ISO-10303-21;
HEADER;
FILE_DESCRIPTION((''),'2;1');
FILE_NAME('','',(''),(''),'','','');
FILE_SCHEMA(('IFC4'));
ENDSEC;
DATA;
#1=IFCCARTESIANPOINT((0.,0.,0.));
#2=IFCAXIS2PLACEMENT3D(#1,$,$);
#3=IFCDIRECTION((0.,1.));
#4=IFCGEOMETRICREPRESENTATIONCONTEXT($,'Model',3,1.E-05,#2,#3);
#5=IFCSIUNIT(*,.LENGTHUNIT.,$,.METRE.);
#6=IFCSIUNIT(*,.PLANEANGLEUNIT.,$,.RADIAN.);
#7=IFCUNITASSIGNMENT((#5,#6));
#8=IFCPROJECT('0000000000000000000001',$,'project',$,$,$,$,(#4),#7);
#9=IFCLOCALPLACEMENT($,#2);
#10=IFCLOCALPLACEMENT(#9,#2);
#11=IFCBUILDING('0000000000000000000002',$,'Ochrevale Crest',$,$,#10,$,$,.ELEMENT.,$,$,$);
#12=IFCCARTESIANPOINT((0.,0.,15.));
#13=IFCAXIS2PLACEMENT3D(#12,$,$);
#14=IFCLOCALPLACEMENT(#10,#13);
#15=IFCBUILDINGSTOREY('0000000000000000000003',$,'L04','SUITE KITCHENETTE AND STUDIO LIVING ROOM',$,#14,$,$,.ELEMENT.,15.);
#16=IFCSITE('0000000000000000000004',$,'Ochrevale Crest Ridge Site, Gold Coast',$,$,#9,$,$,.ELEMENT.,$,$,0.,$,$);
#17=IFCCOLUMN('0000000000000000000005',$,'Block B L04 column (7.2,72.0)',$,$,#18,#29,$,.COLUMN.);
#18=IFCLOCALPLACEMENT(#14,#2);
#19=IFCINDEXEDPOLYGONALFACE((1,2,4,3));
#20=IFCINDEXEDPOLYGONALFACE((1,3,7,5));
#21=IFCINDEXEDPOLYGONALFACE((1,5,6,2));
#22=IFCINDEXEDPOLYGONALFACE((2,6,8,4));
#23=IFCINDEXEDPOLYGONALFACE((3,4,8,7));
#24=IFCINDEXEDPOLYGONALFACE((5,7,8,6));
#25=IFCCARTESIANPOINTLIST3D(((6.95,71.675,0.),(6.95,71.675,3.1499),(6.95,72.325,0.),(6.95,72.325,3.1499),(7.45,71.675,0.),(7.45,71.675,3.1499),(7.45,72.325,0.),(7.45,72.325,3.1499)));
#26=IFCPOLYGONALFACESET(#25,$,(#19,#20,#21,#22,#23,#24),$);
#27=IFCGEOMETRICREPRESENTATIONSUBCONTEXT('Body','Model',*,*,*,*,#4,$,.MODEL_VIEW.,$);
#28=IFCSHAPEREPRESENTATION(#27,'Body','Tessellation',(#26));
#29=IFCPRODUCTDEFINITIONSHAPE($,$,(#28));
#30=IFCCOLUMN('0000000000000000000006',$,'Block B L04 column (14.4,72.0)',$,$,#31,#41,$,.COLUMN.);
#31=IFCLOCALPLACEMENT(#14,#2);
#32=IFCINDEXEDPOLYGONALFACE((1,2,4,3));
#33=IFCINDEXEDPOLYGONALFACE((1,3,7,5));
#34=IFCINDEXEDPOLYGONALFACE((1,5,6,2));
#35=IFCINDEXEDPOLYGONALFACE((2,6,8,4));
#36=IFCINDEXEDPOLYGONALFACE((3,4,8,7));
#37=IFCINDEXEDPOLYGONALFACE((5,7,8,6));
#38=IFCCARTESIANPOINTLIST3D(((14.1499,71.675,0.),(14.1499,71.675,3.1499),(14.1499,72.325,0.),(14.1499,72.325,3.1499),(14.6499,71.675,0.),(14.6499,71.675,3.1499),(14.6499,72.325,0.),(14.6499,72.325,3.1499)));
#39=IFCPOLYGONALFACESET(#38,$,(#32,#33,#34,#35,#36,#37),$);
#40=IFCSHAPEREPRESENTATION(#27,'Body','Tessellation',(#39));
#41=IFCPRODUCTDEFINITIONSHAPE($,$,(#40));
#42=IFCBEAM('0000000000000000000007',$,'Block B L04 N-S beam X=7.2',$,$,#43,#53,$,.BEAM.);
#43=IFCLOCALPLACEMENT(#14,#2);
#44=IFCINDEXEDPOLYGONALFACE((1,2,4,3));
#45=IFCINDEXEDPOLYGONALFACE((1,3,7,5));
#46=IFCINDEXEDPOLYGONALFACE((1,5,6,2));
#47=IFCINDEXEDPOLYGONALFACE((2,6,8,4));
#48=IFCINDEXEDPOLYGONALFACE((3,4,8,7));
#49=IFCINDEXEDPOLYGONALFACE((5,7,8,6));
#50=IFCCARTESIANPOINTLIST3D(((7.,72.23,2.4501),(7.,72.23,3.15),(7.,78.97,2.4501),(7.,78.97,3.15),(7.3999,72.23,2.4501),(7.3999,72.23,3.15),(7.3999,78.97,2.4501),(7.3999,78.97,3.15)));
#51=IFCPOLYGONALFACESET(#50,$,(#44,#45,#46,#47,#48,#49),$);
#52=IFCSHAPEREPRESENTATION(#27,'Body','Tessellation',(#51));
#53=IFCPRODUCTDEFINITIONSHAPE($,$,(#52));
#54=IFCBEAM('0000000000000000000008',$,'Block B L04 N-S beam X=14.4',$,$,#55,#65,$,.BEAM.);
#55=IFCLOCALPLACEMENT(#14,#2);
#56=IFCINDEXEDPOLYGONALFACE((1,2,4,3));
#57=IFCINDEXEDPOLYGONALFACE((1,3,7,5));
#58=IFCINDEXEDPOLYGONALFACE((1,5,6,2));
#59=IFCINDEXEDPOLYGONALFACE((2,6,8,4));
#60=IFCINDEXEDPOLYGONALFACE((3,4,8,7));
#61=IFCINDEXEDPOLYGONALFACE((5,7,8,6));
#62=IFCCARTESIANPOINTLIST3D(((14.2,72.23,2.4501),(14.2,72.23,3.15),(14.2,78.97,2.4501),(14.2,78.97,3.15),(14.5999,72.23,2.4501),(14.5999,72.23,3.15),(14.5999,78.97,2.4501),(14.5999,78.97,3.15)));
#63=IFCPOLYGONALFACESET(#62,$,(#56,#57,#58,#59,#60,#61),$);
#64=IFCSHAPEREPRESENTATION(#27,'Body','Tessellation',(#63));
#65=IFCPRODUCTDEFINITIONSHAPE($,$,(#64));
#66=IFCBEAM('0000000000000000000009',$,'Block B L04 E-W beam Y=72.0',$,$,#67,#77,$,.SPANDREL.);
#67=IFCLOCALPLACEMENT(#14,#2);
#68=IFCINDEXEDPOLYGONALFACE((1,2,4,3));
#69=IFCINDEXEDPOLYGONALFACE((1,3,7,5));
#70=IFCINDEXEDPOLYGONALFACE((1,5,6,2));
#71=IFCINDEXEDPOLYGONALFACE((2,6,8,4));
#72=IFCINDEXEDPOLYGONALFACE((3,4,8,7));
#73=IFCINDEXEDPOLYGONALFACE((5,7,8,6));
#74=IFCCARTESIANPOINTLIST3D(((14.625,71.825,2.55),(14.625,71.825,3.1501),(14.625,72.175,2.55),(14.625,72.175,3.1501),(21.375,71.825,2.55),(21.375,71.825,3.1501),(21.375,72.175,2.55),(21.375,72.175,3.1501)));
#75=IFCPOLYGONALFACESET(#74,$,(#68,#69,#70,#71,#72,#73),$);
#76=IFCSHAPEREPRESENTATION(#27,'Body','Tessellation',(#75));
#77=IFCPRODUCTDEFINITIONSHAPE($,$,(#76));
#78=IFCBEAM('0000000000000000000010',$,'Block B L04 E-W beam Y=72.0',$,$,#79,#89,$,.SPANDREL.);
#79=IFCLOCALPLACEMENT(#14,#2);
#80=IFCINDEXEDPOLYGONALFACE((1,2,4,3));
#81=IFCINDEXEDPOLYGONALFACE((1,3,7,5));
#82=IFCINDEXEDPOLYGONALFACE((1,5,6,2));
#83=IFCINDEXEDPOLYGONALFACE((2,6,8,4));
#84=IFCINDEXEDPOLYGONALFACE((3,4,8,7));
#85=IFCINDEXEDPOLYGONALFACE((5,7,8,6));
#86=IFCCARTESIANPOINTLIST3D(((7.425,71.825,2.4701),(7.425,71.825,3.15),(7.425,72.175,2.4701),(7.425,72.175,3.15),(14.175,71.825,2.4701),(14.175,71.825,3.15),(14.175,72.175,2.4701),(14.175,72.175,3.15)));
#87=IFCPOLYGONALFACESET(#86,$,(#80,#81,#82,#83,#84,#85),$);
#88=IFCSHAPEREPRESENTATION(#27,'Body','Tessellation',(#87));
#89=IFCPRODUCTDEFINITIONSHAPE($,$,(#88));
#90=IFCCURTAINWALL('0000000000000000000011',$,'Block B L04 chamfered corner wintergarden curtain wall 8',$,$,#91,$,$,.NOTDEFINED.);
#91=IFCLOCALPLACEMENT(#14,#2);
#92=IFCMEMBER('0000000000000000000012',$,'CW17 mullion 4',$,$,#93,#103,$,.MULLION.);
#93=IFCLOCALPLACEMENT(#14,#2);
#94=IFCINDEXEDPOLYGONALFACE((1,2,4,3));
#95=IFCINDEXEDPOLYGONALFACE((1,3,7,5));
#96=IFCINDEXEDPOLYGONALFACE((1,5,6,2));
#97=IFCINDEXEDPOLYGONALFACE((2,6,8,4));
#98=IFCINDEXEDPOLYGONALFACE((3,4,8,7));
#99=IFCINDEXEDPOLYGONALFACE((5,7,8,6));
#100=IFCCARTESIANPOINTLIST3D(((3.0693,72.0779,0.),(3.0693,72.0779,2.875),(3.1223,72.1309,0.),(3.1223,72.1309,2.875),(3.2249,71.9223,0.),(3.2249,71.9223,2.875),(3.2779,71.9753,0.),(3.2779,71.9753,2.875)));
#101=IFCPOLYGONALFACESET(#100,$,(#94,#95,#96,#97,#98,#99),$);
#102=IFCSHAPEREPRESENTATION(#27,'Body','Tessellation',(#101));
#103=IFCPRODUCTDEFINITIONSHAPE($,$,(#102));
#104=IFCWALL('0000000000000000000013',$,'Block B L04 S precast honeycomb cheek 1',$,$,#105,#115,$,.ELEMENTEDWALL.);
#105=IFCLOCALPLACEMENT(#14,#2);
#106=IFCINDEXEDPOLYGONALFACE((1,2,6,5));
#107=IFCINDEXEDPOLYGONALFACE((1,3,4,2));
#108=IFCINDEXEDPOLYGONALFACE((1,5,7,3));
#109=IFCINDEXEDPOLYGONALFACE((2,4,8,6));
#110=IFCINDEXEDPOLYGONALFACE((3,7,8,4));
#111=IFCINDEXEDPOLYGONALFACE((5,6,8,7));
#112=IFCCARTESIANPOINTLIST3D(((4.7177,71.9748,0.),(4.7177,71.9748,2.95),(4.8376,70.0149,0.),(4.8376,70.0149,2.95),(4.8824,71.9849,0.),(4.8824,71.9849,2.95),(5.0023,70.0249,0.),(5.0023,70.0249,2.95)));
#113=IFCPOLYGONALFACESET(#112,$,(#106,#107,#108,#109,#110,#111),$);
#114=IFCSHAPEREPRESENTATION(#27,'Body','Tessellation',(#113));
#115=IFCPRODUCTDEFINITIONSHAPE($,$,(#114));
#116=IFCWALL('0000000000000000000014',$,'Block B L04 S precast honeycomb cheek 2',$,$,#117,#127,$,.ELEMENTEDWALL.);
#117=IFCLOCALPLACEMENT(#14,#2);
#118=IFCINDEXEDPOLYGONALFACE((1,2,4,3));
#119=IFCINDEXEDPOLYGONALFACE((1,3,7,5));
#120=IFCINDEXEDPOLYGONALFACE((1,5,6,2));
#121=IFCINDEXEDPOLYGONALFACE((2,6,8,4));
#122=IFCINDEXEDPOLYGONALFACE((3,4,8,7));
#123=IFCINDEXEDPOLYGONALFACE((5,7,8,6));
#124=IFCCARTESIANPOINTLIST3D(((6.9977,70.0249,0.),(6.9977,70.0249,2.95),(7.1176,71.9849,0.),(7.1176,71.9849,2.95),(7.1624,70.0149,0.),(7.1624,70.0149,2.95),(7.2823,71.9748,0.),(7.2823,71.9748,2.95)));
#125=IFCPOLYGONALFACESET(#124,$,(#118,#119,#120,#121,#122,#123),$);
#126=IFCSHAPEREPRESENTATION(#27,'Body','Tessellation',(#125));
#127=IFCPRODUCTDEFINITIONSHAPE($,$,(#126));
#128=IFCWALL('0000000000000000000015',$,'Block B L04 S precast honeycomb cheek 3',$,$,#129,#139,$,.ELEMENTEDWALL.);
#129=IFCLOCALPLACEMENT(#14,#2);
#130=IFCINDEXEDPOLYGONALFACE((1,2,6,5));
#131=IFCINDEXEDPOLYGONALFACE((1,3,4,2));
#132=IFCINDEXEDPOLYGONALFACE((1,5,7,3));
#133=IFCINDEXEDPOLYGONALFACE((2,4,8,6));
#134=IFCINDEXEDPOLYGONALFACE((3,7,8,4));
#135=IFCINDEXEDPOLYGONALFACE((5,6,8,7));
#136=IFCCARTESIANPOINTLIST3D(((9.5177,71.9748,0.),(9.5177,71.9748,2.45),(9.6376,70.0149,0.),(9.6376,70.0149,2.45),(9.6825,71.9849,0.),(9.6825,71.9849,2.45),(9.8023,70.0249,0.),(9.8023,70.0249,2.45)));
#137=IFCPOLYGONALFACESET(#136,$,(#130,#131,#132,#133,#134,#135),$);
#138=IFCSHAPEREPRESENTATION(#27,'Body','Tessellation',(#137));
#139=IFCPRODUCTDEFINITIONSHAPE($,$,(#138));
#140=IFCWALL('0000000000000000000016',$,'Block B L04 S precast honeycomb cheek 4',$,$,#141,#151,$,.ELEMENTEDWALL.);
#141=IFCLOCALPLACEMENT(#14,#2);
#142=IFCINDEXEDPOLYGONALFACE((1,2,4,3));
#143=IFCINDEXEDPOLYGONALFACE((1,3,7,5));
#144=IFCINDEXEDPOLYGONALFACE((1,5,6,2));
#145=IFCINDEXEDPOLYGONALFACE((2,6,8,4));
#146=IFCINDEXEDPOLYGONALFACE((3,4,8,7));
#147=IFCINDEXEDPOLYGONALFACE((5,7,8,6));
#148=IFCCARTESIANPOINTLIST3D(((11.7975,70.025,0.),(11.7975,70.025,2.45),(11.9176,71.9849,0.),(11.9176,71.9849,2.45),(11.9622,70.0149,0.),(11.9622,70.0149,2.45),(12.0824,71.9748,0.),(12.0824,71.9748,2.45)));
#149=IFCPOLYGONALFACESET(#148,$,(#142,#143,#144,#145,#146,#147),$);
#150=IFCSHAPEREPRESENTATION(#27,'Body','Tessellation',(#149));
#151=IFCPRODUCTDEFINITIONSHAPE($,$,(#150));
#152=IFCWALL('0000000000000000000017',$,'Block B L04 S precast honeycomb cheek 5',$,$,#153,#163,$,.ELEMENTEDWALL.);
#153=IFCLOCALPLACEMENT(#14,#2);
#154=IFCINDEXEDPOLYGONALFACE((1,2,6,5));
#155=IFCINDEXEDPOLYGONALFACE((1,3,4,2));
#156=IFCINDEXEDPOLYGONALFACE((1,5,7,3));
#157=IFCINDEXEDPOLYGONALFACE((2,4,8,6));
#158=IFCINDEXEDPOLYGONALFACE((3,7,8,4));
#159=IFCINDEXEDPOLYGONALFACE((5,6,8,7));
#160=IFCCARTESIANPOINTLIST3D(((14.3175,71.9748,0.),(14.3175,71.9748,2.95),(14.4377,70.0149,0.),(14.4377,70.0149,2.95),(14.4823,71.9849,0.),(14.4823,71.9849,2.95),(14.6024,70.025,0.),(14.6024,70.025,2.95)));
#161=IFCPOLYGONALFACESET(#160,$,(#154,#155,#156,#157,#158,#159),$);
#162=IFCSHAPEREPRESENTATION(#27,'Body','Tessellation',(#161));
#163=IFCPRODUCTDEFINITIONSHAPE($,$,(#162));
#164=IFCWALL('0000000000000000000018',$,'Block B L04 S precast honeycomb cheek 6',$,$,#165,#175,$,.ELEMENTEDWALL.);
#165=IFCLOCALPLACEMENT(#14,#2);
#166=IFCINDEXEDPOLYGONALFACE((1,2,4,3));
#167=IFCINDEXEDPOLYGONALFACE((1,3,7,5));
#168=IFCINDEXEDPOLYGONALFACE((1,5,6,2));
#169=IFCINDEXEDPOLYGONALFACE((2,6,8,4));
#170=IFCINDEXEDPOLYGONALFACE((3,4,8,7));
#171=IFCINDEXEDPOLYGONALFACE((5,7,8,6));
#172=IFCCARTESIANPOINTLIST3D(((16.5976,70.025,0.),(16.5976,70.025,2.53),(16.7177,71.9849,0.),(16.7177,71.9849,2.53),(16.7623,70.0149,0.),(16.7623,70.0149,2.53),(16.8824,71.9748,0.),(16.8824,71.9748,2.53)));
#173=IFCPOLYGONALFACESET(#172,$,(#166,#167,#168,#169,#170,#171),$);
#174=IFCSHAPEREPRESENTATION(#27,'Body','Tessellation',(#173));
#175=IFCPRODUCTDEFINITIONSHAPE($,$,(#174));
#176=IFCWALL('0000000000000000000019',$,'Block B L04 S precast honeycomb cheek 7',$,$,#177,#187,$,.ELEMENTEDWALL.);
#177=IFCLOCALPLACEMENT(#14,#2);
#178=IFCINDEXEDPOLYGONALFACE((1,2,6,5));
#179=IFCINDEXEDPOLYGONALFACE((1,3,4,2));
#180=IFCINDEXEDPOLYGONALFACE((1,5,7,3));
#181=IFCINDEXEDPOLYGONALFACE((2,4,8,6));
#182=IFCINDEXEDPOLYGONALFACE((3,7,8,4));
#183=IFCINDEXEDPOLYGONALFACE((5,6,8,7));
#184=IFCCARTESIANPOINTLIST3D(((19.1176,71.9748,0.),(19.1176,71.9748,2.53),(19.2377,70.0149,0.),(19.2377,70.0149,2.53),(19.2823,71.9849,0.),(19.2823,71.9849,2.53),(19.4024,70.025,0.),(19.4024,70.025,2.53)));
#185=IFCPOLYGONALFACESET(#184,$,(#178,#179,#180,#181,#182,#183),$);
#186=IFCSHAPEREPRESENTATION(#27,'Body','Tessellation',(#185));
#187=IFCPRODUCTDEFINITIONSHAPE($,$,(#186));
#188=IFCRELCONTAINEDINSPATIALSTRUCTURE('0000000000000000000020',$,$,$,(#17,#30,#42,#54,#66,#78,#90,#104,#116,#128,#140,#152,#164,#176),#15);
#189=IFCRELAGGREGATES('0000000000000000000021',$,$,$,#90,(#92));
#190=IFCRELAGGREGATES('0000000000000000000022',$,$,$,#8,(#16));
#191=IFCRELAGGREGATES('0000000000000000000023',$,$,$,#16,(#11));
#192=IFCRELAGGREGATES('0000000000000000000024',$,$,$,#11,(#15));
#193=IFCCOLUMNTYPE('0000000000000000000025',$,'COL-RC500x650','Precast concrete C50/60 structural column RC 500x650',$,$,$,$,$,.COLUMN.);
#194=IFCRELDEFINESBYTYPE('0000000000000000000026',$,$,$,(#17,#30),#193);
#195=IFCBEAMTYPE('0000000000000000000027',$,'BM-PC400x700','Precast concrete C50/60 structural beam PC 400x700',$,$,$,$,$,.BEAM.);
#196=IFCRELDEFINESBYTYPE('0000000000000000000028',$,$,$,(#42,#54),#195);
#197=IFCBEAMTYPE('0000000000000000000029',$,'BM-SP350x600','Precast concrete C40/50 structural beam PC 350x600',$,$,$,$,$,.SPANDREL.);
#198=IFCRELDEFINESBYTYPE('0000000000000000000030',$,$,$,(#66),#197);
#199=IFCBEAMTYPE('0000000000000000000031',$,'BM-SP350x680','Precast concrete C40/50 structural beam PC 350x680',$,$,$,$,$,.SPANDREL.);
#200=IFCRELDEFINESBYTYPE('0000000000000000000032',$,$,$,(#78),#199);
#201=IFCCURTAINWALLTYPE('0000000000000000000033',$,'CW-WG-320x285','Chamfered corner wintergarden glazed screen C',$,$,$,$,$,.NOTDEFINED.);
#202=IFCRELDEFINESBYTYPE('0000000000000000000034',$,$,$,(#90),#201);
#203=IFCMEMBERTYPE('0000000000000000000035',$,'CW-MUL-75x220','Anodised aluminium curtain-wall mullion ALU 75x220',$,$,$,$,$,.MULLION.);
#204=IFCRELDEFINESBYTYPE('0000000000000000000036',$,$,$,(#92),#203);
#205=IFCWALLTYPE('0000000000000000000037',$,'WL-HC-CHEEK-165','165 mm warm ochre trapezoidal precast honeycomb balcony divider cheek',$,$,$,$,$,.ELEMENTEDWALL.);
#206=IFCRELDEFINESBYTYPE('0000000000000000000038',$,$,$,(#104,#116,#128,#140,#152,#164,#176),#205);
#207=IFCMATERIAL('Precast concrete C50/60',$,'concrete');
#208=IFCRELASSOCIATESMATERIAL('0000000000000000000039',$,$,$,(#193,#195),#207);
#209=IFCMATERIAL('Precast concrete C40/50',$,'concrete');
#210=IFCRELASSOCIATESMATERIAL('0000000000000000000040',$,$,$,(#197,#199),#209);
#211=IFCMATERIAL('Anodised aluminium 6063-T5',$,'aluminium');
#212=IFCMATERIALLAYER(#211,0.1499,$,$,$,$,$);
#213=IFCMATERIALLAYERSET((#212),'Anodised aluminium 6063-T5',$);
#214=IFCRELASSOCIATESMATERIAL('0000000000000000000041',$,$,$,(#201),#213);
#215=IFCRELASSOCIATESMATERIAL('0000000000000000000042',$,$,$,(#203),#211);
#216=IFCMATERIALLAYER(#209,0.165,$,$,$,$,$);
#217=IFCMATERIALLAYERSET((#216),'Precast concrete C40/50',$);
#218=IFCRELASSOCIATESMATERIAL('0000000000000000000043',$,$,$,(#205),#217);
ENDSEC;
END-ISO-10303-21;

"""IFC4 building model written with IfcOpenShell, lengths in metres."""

from ifc_helpers import new_model, si_unit, direction, frame, frame_2d, origin, origin_2d, place, context, subcontext, project, spatial, rectangle, extrude, material, layer, layer_set, material_profile, profile_set, type_object, element, aggregate, save


model = new_model("IFC4")

# Units and contexts
model_context = context("Model", 3, precision=1e-05, world=origin(), true_north=direction((0.0, 1.0)))
body_context = subcontext(model_context, "Body", "Model", "MODEL_VIEW")
ifc_project = project(units=[si_unit("LENGTHUNIT", "METRE"), si_unit("PLANEANGLEUNIT", "RADIAN")], contexts=[model_context])

# Site, building, storey
site_placement = place(None, origin())
site = spatial("IfcSite", under=ifc_project, at=site_placement, Name="Ochrevale Crest Ridge Site, Gold Coast", CompositionType="ELEMENT", RefElevation=0.0)
building_placement = place(site_placement, origin())
building = spatial("IfcBuilding", under=site, at=building_placement, Name="Ochrevale Crest", CompositionType="ELEMENT")
storey_placement = place(building_placement, frame((0.0, 0.0, 15.0)))
storey = spatial("IfcBuildingStorey", under=building, at=storey_placement, Name="L04", Description="SUITE KITCHENETTE AND STUDIO LIVING ROOM", CompositionType="ELEMENT", Elevation=15.0)

# Columns
ifc_material_1 = material(Name="Precast concrete C50/60", Category="concrete")
ifc_material_profile_1 = material_profile(ifc_material_1, rectangle(XDim=0.5, YDim=0.6499, at=origin_2d()), Name="RC 500x650")
ifc_profile_set_1 = profile_set([ifc_material_profile_1], Name="Precast concrete C50/60")
column_type = type_object("IfcColumnType", Name="COL-RC500x650", Description="Precast concrete C50/60 structural column RC 500x650", PredefinedType="COLUMN", material=ifc_profile_set_1)
for number, where, z_axis, x_axis, name in (
    (1, (7.2, 72.0, 0.0), (0.0, 0.0, 1.0), (1.0, 0.0, 0.0), "Block B L04 column (7.2,72.0)"),
    (2, (14.3999, 72.0, 0.0), (0.0, 0.0, 1.0), (1.0, 0.0, 0.0), "Block B L04 column (14.4,72.0)"),
):
    element("IfcColumn", number, at=place(storey_placement, frame(where, z_axis=z_axis, x_axis=x_axis)), inside=storey, type_object=column_type, Name=name, PredefinedType="COLUMN", context=body_context, shape_type="SweptSolid", body=[
        extrude(rectangle(XDim=0.5, YDim=0.6499, at=origin_2d()), origin(), (0.0, 0.0, 1.0), 3.1499),
    ])

# Beams
ifc_material_profile_2 = material_profile(ifc_material_1, rectangle(XDim=0.3999, YDim=0.7, at=origin_2d()), Name="PC 400x700")
ifc_profile_set_2 = profile_set([ifc_material_profile_2], Name="Precast concrete C50/60")
beam_type_1 = type_object("IfcBeamType", Name="BM-PC400x700", Description="Precast concrete C50/60 structural beam PC 400x700", PredefinedType="BEAM", material=ifc_profile_set_2)
for number, where, z_axis, x_axis, name in (
    (3, (7.2, 72.23, 2.8), (0.0, 1.0, 0.0), (-1.0, 0.0, 0.0), "Block B L04 N-S beam X=7.2"),
    (4, (14.3999, 72.23, 2.8), (0.0, 1.0, 0.0), (-1.0, 0.0, 0.0), "Block B L04 N-S beam X=14.4"),
):
    element("IfcBeam", number, at=place(storey_placement, frame(where, z_axis=z_axis, x_axis=x_axis)), inside=storey, type_object=beam_type_1, Name=name, PredefinedType="BEAM", context=body_context, shape_type="SweptSolid", body=[
        extrude(rectangle(XDim=0.3999, YDim=0.7, at=origin_2d()), origin(), (0.0, 0.0, 1.0), 6.74),
    ])
ifc_material_2 = material(Name="Precast concrete C40/50", Category="concrete")
ifc_material_profile_3 = material_profile(ifc_material_2, rectangle(XDim=0.3501, YDim=0.6001, at=origin_2d()), Name="PC 350x600")
ifc_profile_set_3 = profile_set([ifc_material_profile_3], Name="Precast concrete C40/50")
beam_type_2 = type_object("IfcBeamType", Name="BM-SP350x600", Description="Precast concrete C40/50 structural beam PC 350x600", PredefinedType="SPANDREL", material=ifc_profile_set_3)
beam_1_placement = place(storey_placement, frame((14.625, 72.0, 2.8501), z_axis=(1.0, 0.0, 0.0), x_axis=(0.0, 1.0, 0.0)))
element("IfcBeam", 5, at=beam_1_placement, inside=storey, type_object=beam_type_2, Name="Block B L04 E-W beam Y=72.0", PredefinedType="SPANDREL", context=body_context, shape_type="SweptSolid", body=[
    extrude(rectangle(XDim=0.3501, YDim=0.6001, at=origin_2d()), origin(), (0.0, 0.0, 1.0), 6.75),
])
ifc_material_profile_4 = material_profile(ifc_material_2, rectangle(XDim=0.3501, YDim=0.6799, at=origin_2d()), Name="PC 350x680")
ifc_profile_set_4 = profile_set([ifc_material_profile_4], Name="Precast concrete C40/50")
beam_type_3 = type_object("IfcBeamType", Name="BM-SP350x680", Description="Precast concrete C40/50 structural beam PC 350x680", PredefinedType="SPANDREL", material=ifc_profile_set_4)
beam_2_placement = place(storey_placement, frame((7.425, 72.0, 2.8101), z_axis=(1.0, 0.0, 0.0), x_axis=(0.0, 1.0, 0.0)))
element("IfcBeam", 6, at=beam_2_placement, inside=storey, type_object=beam_type_3, Name="Block B L04 E-W beam Y=72.0", PredefinedType="SPANDREL", context=body_context, shape_type="SweptSolid", body=[
    extrude(rectangle(XDim=0.3501, YDim=0.6799, at=origin_2d()), origin(), (0.0, 0.0, 1.0), 6.75),
])

# Curtain wall, member
ifc_material_3 = material(Name="Anodised aluminium 6063-T5", Category="aluminium")
ifc_layer_1 = layer(ifc_material_3, 0.1499)
ifc_layer_set_1 = layer_set([ifc_layer_1], Name="Anodised aluminium 6063-T5")
curtain_wall_type = type_object("IfcCurtainWallType", Name="CW-WG-320x285", Description="Chamfered corner wintergarden glazed screen C", PredefinedType="NOTDEFINED", material=ifc_layer_set_1)
curtain_wall_placement = place(storey_placement, origin())
curtain_wall = element("IfcCurtainWall", 7, at=curtain_wall_placement, inside=storey, type_object=curtain_wall_type, Name="Block B L04 chamfered corner wintergarden curtain wall 8", PredefinedType="NOTDEFINED")
ifc_material_profile_5 = material_profile(ifc_material_3, rectangle(XDim=0.075, YDim=0.22, at=origin_2d()), Name="ALU 75x220")
ifc_profile_set_5 = profile_set([ifc_material_profile_5], Name="Anodised aluminium 6063-T5")
member_type = type_object("IfcMemberType", Name="CW-MUL-75x220", Description="Anodised aluminium curtain-wall mullion ALU 75x220", PredefinedType="MULLION", material=ifc_profile_set_5)
member_placement = place(storey_placement, frame((3.1736, 72.0266, 0.0), z_axis=(0.0, 0.0, 1.0), x_axis=(0.707107, 0.707107, 0.0)))
member = element("IfcMember", 8, at=member_placement, type_object=member_type, Name="CW17 mullion 4", PredefinedType="MULLION", context=body_context, shape_type="SweptSolid", body=[
    extrude(rectangle(XDim=0.075, YDim=0.22, at=origin_2d()), origin(), (0.0, 0.0, 1.0), 2.875),
])
aggregate(curtain_wall, [member])

# Walls
ifc_layer_2 = layer(ifc_material_2, 0.165)
ifc_layer_set_2 = layer_set([ifc_layer_2], Name="Precast concrete C40/50")
wall_type_1 = type_object("IfcWallType", Name="WL-HC-CHEEK-165", Description="165 mm warm ochre trapezoidal precast honeycomb balcony divider cheek", PredefinedType="ELEMENTEDWALL", material=ifc_layer_set_2)
for number, where, z_axis, x_axis, name in (
    (9, (4.8, 71.98, 0.0), (0.0, 0.0, 1.0), (0.061047, -0.998135, 0.0), "Block B L04 S precast honeycomb cheek 1"),
    (10, (7.2, 71.98, 0.0), (0.0, 0.0, 1.0), (-0.061047, -0.998135, 0.0), "Block B L04 S precast honeycomb cheek 2"),
):
    element("IfcWall", number, at=place(storey_placement, frame(where, z_axis=z_axis, x_axis=x_axis)), inside=storey, type_object=wall_type_1, Name=name, PredefinedType="ELEMENTEDWALL", context=body_context, shape_type="SweptSolid", body=[
        extrude(rectangle(XDim=1.9636, YDim=0.165, at=frame_2d((0.9819, 0.0))), origin(), (0.0, 0.0, 1.0), 2.95),
    ])
for number, where, z_axis, x_axis, name in (
    (11, (9.6001, 71.98, 0.0), (0.0, 0.0, 1.0), (0.061047, -0.998135, 0.0), "Block B L04 S precast honeycomb cheek 3"),
    (12, (12.0, 71.98, 0.0), (0.0, 0.0, 1.0), (-0.061171, -0.998127, 0.0), "Block B L04 S precast honeycomb cheek 4"),
):
    element("IfcWall", number, at=place(storey_placement, frame(where, z_axis=z_axis, x_axis=x_axis)), inside=storey, type_object=wall_type_1, Name=name, PredefinedType="ELEMENTEDWALL", context=body_context, shape_type="SweptSolid", body=[
        extrude(rectangle(XDim=1.9636, YDim=0.165, at=frame_2d((0.9819, 0.0))), origin(), (0.0, 0.0, 1.0), 2.45),
    ])
wall_1_placement = place(storey_placement, frame((14.3999, 71.98, 0.0), z_axis=(0.0, 0.0, 1.0), x_axis=(0.061171, -0.998127, 0.0)))
element("IfcWall", 13, at=wall_1_placement, inside=storey, type_object=wall_type_1, Name="Block B L04 S precast honeycomb cheek 5", PredefinedType="ELEMENTEDWALL", context=body_context, shape_type="SweptSolid", body=[
    extrude(rectangle(XDim=1.9636, YDim=0.165, at=frame_2d((0.9819, 0.0))), origin(), (0.0, 0.0, 1.0), 2.95),
])
for number, where, z_axis, x_axis, name in (
    (14, (16.8, 71.98, 0.0), (0.0, 0.0, 1.0), (-0.061171, -0.998127, 0.0), "Block B L04 S precast honeycomb cheek 6"),
    (15, (19.2, 71.98, 0.0), (0.0, 0.0, 1.0), (0.061171, -0.998127, 0.0), "Block B L04 S precast honeycomb cheek 7"),
):
    element("IfcWall", number, at=place(storey_placement, frame(where, z_axis=z_axis, x_axis=x_axis)), inside=storey, type_object=wall_type_1, Name=name, PredefinedType="ELEMENTEDWALL", context=body_context, shape_type="SweptSolid", body=[
        extrude(rectangle(XDim=1.9636, YDim=0.165, at=frame_2d((0.9819, 0.0))), origin(), (0.0, 0.0, 1.0), 2.53),
    ])

save(model, "model.ifc")
